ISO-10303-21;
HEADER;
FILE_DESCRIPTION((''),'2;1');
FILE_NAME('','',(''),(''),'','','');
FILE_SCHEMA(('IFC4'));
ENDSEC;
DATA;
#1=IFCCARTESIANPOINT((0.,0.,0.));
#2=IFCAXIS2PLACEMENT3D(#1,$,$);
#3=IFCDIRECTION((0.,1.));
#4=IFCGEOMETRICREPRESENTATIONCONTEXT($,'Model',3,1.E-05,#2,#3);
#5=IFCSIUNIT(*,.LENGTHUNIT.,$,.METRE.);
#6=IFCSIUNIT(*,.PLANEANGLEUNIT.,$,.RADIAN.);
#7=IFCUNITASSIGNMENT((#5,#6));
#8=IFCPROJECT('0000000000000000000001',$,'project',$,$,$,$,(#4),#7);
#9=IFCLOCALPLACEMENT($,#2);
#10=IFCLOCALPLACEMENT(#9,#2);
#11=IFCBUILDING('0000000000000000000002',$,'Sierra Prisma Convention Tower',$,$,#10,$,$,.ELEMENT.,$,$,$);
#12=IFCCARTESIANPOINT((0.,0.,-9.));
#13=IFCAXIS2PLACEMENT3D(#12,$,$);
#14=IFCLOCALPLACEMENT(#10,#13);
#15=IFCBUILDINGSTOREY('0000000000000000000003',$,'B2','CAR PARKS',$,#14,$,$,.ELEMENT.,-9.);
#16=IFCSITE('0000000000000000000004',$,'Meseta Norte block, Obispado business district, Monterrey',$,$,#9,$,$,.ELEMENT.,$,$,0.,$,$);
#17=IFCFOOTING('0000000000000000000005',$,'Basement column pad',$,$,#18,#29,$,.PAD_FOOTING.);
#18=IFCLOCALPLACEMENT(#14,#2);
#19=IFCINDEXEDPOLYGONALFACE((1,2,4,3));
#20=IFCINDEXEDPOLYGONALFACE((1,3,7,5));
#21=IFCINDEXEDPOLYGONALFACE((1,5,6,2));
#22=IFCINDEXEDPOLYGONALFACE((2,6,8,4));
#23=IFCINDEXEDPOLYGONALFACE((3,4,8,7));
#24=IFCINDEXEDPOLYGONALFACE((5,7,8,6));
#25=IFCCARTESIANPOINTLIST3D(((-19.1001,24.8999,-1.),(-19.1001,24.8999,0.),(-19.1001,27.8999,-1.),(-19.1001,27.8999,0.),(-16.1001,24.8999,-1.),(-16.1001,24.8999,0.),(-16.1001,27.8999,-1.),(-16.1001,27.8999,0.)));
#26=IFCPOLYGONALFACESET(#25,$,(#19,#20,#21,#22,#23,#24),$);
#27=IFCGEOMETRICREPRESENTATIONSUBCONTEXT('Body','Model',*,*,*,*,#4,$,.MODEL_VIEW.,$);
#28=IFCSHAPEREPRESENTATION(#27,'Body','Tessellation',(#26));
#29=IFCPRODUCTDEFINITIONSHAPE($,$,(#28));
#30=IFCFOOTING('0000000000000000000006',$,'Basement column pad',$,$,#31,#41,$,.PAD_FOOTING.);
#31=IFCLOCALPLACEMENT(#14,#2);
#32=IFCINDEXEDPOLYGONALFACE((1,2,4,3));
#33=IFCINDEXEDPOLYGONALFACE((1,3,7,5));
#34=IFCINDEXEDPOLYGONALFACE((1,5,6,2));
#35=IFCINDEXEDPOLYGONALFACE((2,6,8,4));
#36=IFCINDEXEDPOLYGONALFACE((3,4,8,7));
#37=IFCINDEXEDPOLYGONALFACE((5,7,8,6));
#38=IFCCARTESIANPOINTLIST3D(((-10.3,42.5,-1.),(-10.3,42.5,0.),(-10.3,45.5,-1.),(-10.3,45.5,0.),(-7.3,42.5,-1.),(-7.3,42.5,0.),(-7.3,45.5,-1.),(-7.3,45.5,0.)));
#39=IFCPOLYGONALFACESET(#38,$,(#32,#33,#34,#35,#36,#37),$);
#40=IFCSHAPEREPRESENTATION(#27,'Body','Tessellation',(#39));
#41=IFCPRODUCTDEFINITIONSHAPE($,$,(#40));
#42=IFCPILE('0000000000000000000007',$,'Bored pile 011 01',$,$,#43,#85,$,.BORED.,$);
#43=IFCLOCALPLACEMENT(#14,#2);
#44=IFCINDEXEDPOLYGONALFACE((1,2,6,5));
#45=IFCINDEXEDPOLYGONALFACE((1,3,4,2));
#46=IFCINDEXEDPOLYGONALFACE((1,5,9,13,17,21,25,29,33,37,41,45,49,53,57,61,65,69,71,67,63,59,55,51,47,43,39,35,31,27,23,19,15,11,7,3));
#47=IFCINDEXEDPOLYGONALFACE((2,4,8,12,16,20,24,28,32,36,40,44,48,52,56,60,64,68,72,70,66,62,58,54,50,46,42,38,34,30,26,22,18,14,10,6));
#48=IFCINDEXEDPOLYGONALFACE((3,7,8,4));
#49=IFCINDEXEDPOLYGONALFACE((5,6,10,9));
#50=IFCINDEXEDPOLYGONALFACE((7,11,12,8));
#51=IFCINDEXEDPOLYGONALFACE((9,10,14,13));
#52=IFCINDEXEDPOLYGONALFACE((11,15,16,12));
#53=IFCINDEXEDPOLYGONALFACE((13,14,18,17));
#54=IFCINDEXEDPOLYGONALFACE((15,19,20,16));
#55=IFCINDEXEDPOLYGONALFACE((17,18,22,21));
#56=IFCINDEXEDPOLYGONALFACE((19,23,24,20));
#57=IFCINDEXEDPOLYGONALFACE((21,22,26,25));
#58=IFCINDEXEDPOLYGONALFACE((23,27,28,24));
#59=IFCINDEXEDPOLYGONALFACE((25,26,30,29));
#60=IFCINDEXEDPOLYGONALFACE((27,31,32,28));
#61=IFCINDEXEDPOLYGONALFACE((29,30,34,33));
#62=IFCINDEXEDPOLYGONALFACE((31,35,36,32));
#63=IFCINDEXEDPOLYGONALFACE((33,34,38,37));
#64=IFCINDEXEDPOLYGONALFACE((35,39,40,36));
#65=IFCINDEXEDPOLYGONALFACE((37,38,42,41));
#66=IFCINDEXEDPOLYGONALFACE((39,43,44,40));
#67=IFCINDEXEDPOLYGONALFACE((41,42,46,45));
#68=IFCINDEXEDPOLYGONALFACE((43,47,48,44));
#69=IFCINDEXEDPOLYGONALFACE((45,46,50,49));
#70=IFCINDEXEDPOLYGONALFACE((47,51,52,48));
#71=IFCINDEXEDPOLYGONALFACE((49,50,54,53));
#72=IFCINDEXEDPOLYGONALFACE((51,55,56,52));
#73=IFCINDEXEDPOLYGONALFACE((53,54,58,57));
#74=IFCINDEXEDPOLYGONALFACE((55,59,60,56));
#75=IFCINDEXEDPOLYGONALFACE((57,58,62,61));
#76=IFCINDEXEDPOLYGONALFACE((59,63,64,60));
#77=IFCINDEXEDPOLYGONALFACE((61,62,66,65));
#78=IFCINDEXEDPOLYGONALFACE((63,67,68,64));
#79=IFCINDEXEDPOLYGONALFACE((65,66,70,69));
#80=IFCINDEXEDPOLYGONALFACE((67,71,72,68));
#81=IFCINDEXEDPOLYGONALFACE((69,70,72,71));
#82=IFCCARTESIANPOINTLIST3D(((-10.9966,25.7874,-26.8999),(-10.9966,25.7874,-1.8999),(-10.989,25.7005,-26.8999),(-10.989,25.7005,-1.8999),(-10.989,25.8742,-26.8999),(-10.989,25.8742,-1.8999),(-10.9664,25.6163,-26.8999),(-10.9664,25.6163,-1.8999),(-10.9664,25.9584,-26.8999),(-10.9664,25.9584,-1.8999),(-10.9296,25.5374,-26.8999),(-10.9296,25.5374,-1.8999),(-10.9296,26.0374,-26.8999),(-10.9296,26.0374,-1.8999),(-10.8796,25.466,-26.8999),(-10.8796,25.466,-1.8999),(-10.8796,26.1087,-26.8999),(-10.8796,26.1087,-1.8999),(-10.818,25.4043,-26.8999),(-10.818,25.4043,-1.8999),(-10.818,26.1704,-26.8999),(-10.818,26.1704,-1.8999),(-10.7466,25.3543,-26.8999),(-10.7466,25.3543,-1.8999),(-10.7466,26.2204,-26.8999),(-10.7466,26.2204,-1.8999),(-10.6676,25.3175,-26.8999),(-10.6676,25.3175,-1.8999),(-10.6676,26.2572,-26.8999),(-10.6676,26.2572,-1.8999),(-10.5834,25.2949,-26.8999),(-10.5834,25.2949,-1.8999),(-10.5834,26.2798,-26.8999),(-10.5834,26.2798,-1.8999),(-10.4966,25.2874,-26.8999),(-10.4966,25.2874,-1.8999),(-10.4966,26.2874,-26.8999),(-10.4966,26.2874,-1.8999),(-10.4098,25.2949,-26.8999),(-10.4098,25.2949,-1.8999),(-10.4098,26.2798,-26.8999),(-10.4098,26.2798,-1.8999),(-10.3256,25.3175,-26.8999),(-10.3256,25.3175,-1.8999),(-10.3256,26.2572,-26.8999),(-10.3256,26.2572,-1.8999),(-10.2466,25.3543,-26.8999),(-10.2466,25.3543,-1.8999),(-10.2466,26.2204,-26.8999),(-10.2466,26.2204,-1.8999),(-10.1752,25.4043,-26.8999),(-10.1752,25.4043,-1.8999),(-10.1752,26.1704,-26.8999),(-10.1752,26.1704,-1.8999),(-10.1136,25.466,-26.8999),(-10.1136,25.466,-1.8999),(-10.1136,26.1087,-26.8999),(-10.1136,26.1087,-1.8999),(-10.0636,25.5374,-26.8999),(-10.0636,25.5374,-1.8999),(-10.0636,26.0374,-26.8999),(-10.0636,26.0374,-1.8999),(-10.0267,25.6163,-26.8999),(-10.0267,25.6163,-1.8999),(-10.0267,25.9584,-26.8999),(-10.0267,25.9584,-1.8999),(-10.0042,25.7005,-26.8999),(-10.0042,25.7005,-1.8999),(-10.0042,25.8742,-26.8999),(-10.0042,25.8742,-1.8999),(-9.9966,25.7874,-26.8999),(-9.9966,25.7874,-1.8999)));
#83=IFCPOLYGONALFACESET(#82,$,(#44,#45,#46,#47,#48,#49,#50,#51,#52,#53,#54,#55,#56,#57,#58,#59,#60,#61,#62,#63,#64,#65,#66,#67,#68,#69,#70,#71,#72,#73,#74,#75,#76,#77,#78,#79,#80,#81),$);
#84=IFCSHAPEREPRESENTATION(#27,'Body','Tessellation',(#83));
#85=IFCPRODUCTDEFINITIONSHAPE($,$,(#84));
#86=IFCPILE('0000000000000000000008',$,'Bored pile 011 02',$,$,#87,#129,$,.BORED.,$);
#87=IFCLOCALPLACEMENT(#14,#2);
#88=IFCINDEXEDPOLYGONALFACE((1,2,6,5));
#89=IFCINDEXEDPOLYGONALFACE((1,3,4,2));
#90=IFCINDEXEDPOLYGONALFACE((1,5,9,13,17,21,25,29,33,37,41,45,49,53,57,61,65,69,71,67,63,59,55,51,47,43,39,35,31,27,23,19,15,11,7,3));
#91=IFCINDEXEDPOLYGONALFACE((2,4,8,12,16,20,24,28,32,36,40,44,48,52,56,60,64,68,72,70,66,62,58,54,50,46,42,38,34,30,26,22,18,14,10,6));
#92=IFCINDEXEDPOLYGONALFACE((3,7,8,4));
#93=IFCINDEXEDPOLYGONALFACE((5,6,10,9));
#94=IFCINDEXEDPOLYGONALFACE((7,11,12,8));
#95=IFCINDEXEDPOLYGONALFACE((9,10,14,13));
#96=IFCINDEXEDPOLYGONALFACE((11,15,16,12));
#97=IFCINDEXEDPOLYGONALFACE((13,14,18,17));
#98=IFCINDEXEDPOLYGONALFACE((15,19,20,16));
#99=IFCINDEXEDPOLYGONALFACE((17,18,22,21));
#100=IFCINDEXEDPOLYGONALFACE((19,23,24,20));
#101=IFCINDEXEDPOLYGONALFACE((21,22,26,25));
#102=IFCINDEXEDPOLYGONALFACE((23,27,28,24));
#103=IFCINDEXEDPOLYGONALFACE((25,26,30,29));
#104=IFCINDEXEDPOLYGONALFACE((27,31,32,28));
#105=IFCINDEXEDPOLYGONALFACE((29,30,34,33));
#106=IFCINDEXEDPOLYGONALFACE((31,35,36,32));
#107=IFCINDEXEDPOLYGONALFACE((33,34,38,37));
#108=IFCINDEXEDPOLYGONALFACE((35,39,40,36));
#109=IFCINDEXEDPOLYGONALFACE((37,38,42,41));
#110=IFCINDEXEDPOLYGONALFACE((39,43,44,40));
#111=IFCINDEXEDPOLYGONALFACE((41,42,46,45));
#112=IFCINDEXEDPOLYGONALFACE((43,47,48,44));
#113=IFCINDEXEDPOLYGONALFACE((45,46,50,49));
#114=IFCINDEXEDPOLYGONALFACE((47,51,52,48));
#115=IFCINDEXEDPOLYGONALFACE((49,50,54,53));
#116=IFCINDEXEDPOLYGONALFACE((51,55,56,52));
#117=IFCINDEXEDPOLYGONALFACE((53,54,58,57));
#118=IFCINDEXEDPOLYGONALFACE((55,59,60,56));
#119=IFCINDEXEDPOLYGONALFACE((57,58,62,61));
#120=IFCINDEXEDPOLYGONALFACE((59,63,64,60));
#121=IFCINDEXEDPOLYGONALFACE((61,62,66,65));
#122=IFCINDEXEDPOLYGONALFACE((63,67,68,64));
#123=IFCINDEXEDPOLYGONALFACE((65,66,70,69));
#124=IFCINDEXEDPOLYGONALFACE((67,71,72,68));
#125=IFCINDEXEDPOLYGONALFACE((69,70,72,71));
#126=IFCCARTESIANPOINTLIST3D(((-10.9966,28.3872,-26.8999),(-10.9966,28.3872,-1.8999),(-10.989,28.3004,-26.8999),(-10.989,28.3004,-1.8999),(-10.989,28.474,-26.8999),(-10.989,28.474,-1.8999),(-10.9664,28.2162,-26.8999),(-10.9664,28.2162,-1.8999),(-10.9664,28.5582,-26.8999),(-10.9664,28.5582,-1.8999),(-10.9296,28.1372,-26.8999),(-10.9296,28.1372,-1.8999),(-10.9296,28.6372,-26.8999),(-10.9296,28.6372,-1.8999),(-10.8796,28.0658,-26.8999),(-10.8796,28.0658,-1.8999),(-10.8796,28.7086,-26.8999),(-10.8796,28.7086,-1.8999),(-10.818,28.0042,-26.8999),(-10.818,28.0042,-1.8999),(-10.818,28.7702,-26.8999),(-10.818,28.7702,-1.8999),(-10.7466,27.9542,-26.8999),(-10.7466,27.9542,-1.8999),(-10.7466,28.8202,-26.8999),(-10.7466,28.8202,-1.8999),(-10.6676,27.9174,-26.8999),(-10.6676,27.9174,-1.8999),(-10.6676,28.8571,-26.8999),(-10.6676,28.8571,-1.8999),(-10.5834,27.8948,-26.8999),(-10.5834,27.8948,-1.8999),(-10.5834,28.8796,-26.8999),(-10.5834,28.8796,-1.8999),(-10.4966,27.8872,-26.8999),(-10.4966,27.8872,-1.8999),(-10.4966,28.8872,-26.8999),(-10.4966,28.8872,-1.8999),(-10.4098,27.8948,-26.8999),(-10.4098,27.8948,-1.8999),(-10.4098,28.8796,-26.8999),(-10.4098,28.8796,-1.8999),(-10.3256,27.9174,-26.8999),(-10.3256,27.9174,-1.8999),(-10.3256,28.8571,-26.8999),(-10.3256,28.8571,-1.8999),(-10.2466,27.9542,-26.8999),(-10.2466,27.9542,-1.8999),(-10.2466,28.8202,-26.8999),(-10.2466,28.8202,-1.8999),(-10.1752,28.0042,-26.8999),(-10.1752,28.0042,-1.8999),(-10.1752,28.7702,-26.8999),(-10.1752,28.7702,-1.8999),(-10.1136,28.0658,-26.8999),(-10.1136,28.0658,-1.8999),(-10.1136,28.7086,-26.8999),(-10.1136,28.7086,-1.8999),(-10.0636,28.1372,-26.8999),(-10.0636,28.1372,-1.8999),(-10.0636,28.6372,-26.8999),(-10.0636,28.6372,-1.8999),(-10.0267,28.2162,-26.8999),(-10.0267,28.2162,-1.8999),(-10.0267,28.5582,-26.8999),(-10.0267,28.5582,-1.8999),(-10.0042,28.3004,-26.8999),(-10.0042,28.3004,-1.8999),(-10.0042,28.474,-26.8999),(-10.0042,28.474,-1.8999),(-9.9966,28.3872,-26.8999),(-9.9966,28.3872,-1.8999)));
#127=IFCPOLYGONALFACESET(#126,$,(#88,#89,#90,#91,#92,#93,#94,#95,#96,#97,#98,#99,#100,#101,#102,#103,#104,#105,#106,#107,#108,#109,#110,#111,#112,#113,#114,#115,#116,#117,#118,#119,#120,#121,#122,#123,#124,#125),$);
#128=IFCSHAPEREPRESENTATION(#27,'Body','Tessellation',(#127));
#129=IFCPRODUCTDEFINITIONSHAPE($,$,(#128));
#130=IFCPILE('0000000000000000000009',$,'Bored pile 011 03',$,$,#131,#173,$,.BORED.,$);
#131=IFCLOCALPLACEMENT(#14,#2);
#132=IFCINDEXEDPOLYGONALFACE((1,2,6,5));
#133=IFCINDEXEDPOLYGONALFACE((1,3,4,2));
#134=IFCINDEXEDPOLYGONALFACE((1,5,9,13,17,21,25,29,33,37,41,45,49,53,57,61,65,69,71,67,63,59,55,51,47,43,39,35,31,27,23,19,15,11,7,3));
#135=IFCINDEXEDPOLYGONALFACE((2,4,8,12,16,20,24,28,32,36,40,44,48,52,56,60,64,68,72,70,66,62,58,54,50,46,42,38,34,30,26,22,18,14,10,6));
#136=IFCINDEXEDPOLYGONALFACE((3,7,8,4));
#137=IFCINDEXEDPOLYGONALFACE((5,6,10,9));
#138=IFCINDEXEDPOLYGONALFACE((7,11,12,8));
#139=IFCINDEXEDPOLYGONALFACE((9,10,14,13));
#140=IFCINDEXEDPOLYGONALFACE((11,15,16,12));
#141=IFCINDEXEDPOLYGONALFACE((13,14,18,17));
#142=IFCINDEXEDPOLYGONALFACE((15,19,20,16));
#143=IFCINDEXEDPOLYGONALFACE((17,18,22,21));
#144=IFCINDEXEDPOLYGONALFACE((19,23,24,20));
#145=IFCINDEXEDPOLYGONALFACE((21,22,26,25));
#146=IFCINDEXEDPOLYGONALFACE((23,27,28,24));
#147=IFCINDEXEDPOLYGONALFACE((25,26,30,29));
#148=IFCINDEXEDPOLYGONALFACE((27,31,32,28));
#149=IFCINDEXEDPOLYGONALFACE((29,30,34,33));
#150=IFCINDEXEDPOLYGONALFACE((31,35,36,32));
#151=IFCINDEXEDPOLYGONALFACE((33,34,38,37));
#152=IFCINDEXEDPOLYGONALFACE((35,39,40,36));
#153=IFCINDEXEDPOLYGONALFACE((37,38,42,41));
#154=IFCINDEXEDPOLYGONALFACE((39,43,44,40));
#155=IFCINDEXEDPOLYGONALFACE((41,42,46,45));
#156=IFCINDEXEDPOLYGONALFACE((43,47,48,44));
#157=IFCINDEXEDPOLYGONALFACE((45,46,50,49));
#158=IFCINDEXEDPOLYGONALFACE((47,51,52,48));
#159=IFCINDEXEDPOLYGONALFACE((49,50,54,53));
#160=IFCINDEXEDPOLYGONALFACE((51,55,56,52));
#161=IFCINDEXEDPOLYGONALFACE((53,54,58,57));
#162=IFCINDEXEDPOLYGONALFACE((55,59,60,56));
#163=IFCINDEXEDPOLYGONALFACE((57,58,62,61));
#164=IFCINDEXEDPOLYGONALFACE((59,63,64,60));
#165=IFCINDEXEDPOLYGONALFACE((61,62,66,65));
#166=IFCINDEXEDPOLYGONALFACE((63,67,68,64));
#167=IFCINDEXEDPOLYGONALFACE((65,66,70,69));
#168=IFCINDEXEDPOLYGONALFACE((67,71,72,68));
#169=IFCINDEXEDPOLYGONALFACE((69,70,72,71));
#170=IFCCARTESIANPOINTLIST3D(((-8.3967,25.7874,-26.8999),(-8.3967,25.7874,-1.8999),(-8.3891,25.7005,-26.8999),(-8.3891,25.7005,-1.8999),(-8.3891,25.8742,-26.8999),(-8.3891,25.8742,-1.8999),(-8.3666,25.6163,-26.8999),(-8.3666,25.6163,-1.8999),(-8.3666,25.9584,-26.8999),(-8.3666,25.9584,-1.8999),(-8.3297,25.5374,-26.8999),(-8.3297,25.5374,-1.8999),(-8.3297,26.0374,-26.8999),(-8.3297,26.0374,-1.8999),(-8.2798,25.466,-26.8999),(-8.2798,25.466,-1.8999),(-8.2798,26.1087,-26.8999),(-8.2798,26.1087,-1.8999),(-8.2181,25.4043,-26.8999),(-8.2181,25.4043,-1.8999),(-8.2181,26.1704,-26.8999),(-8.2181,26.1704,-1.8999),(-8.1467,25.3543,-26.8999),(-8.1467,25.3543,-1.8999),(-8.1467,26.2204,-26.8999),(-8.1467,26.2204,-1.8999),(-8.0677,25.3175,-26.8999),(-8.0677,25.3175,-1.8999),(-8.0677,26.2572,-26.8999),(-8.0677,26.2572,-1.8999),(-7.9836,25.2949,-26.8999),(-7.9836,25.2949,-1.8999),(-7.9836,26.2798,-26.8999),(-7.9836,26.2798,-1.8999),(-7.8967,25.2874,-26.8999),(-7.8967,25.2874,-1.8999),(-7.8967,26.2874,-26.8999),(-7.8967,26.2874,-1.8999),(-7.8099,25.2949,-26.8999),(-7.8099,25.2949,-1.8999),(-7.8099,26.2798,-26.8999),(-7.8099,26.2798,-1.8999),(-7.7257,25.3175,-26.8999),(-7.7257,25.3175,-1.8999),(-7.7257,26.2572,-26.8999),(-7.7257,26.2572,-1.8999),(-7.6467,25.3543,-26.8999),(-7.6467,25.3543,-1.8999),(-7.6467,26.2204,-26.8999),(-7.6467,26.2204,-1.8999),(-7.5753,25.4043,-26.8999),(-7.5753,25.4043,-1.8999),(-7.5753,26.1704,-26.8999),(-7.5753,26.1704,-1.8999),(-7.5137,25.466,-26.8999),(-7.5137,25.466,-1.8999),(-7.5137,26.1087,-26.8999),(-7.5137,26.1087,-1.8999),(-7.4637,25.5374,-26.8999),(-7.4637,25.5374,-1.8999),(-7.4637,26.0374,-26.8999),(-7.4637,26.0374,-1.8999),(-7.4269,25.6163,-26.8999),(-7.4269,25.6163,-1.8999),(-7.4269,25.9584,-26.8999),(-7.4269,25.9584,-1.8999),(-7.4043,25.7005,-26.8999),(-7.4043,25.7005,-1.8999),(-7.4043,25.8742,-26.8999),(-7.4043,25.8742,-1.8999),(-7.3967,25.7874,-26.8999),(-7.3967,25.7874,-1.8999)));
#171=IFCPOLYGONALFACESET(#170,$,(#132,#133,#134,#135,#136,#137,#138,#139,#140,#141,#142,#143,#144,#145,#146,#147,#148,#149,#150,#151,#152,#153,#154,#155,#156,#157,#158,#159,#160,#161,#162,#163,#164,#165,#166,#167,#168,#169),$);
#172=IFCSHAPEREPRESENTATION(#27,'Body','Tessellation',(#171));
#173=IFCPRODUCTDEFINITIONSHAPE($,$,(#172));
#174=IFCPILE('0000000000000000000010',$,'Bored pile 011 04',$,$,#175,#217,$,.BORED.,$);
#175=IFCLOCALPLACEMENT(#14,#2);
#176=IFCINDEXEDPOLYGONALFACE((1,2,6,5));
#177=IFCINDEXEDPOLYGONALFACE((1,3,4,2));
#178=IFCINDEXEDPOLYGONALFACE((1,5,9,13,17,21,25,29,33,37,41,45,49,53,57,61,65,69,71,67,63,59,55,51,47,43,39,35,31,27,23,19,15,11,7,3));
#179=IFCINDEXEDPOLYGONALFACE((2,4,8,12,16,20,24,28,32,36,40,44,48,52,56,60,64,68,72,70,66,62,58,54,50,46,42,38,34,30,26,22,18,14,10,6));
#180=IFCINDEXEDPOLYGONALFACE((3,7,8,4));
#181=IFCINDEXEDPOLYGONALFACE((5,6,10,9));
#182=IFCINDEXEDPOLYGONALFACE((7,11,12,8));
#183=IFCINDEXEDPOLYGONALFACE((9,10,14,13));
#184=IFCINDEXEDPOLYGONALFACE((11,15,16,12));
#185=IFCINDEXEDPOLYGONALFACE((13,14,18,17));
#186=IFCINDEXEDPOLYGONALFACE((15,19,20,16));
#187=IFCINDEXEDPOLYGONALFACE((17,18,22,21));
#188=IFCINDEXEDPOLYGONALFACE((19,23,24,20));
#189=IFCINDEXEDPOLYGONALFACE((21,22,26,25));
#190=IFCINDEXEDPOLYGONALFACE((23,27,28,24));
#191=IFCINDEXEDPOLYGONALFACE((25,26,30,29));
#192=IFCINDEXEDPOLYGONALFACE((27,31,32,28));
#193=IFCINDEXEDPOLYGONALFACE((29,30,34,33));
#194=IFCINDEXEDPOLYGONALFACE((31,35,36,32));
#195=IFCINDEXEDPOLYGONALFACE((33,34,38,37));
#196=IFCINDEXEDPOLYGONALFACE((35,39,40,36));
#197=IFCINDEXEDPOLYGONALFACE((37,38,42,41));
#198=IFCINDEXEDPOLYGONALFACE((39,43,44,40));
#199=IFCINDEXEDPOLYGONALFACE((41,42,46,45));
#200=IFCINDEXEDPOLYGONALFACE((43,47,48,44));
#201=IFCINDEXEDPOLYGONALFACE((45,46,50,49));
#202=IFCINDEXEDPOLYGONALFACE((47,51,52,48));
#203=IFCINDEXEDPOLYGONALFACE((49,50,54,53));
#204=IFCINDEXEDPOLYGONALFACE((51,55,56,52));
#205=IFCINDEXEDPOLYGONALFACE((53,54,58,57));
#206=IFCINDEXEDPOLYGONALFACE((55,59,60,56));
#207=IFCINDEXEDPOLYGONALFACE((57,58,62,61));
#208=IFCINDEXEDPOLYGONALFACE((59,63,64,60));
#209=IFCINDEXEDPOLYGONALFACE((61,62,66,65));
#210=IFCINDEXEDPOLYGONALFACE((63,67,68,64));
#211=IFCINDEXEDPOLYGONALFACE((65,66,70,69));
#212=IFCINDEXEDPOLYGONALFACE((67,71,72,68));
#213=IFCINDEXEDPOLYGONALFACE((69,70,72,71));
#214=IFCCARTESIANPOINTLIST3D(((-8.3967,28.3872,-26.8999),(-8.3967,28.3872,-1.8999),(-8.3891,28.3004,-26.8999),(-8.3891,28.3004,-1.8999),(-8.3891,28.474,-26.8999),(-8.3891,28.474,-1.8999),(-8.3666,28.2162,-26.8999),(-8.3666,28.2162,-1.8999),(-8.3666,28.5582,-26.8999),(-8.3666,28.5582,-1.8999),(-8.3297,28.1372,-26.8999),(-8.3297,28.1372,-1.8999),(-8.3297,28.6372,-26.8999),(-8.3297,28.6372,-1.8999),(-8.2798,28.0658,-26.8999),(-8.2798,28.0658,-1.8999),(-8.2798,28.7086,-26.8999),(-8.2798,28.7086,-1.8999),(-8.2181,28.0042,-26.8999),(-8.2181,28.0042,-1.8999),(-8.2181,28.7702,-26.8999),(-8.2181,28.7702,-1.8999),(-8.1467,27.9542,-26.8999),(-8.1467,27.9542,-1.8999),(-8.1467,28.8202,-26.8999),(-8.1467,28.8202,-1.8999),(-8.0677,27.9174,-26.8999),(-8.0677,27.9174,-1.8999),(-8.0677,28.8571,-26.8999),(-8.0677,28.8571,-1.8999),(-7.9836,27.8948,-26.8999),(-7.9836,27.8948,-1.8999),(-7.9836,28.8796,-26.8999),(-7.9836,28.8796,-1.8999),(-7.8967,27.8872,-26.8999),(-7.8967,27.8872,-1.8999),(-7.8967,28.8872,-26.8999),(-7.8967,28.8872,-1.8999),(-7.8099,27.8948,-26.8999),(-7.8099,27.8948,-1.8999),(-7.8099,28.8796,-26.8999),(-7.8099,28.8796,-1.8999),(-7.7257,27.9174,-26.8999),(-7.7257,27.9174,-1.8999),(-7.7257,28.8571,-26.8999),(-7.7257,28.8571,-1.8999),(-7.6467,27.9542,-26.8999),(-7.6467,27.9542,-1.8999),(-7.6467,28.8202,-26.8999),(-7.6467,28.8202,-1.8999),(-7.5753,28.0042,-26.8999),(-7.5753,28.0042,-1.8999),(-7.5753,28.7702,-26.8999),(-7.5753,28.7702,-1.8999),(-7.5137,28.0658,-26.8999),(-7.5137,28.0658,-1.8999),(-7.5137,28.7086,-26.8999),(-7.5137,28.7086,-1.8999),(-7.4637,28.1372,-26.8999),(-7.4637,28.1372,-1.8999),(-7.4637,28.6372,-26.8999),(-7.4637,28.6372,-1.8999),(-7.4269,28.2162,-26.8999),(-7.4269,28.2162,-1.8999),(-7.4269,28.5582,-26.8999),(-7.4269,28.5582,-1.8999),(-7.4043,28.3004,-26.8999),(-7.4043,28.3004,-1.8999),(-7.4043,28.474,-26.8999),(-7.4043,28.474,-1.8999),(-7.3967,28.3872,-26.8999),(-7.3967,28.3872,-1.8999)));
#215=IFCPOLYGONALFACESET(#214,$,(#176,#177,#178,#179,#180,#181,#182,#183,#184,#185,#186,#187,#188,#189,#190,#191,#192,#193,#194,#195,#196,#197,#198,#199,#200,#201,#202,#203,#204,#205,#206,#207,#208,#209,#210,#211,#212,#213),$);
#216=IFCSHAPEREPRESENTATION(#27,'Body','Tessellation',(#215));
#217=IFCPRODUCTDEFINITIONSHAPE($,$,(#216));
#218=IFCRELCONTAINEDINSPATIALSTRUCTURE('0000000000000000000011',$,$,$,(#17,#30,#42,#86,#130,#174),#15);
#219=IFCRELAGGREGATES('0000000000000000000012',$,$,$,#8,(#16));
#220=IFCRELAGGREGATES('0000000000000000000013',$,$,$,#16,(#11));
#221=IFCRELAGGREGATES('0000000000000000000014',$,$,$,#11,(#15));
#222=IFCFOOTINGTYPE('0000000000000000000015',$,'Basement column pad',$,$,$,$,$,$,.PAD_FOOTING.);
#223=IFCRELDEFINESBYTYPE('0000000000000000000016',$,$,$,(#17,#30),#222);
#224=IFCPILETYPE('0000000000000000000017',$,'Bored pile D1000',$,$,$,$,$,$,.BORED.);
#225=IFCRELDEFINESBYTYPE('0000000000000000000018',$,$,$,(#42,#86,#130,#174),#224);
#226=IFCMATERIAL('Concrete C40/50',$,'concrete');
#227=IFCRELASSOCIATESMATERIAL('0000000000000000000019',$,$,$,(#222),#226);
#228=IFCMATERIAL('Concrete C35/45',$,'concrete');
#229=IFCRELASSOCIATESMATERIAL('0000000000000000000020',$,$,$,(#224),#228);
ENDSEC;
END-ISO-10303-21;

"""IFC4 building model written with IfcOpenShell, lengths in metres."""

from ifc_helpers import new_model, si_unit, direction, frame, origin, origin_2d, place, context, subcontext, project, spatial, rectangle, circle, extrude, material, material_profile, profile_set, type_object, element, save


model = new_model("IFC4")

# Units and contexts
model_context = context("Model", 3, precision=1e-05, world=origin(), true_north=direction((0.0, 1.0)))
body_context = subcontext(model_context, "Body", "Model", "MODEL_VIEW")
ifc_project = project(units=[si_unit("LENGTHUNIT", "METRE"), si_unit("PLANEANGLEUNIT", "RADIAN")], contexts=[model_context])

# Site, building, storey
site_placement = place(None, origin())
site = spatial("IfcSite", under=ifc_project, at=site_placement, Name="Meseta Norte block, Obispado business district, Monterrey", CompositionType="ELEMENT", RefElevation=0.0)
building_placement = place(site_placement, origin())
building = spatial("IfcBuilding", under=site, at=building_placement, Name="Sierra Prisma Convention Tower", CompositionType="ELEMENT")
storey_placement = place(building_placement, frame((0.0, 0.0, -9.0)))
storey = spatial("IfcBuildingStorey", under=building, at=storey_placement, Name="B2", Description="CAR PARKS", CompositionType="ELEMENT", Elevation=-9.0)

# Footings
ifc_material_1 = material(Name="Concrete C40/50", Category="concrete")
footing_type_1 = type_object("IfcFootingType", Name="Basement column pad", PredefinedType="PAD_FOOTING", material=ifc_material_1)
for number, where, z_axis, x_axis, name in (
    (1, (-17.6001, 26.3999, -1.0), (0.0, 0.0, 1.0), (1.0, 0.0, 0.0), "Basement column pad"),
    (2, (-8.8, 44.0, -1.0), (0.0, 0.0, 1.0), (1.0, 0.0, 0.0), "Basement column pad"),
):
    element("IfcFooting", number, at=place(storey_placement, frame(where, z_axis=z_axis, x_axis=x_axis)), inside=storey, type_object=footing_type_1, Name=name, PredefinedType="PAD_FOOTING", context=body_context, shape_type="SweptSolid", body=[
        extrude(rectangle(XDim=3.0, YDim=3.0, at=origin_2d()), origin(), (0.0, 0.0, 1.0), 1.0),
    ])

# Piles
ifc_material_2 = material(Name="Concrete C35/45", Category="concrete")
ifc_material_profile_1 = material_profile(ifc_material_2, circle(Radius=0.5, at=origin_2d()), Name="D1000")
ifc_profile_set_1 = profile_set([ifc_material_profile_1], Name="Concrete C35/45")
pile_type_1 = type_object("IfcPileType", Name="Bored pile D1000", PredefinedType="BORED", material=ifc_profile_set_1)
for number, where, z_axis, x_axis, name in (
    (3, (-10.4966, 25.7874, -1.8999), (0.0, 0.0, -1.0), (1.0, 0.0, 0.0), "Bored pile 011 01"),
    (4, (-10.4966, 28.3872, -1.8999), (0.0, 0.0, -1.0), (1.0, 0.0, 0.0), "Bored pile 011 02"),
    (5, (-7.8967, 25.7874, -1.8999), (0.0, 0.0, -1.0), (1.0, 0.0, 0.0), "Bored pile 011 03"),
    (6, (-7.8967, 28.3872, -1.8999), (0.0, 0.0, -1.0), (1.0, 0.0, 0.0), "Bored pile 011 04"),
):
    element("IfcPile", number, at=place(storey_placement, frame(where, z_axis=z_axis, x_axis=x_axis)), inside=storey, type_object=pile_type_1, Name=name, PredefinedType="BORED", context=body_context, shape_type="SweptSolid", body=[
        extrude(circle(Radius=0.5, at=origin_2d()), origin(), (0.0, 0.0, 1.0), 25.0),
    ])

save(model, "model.ifc")
